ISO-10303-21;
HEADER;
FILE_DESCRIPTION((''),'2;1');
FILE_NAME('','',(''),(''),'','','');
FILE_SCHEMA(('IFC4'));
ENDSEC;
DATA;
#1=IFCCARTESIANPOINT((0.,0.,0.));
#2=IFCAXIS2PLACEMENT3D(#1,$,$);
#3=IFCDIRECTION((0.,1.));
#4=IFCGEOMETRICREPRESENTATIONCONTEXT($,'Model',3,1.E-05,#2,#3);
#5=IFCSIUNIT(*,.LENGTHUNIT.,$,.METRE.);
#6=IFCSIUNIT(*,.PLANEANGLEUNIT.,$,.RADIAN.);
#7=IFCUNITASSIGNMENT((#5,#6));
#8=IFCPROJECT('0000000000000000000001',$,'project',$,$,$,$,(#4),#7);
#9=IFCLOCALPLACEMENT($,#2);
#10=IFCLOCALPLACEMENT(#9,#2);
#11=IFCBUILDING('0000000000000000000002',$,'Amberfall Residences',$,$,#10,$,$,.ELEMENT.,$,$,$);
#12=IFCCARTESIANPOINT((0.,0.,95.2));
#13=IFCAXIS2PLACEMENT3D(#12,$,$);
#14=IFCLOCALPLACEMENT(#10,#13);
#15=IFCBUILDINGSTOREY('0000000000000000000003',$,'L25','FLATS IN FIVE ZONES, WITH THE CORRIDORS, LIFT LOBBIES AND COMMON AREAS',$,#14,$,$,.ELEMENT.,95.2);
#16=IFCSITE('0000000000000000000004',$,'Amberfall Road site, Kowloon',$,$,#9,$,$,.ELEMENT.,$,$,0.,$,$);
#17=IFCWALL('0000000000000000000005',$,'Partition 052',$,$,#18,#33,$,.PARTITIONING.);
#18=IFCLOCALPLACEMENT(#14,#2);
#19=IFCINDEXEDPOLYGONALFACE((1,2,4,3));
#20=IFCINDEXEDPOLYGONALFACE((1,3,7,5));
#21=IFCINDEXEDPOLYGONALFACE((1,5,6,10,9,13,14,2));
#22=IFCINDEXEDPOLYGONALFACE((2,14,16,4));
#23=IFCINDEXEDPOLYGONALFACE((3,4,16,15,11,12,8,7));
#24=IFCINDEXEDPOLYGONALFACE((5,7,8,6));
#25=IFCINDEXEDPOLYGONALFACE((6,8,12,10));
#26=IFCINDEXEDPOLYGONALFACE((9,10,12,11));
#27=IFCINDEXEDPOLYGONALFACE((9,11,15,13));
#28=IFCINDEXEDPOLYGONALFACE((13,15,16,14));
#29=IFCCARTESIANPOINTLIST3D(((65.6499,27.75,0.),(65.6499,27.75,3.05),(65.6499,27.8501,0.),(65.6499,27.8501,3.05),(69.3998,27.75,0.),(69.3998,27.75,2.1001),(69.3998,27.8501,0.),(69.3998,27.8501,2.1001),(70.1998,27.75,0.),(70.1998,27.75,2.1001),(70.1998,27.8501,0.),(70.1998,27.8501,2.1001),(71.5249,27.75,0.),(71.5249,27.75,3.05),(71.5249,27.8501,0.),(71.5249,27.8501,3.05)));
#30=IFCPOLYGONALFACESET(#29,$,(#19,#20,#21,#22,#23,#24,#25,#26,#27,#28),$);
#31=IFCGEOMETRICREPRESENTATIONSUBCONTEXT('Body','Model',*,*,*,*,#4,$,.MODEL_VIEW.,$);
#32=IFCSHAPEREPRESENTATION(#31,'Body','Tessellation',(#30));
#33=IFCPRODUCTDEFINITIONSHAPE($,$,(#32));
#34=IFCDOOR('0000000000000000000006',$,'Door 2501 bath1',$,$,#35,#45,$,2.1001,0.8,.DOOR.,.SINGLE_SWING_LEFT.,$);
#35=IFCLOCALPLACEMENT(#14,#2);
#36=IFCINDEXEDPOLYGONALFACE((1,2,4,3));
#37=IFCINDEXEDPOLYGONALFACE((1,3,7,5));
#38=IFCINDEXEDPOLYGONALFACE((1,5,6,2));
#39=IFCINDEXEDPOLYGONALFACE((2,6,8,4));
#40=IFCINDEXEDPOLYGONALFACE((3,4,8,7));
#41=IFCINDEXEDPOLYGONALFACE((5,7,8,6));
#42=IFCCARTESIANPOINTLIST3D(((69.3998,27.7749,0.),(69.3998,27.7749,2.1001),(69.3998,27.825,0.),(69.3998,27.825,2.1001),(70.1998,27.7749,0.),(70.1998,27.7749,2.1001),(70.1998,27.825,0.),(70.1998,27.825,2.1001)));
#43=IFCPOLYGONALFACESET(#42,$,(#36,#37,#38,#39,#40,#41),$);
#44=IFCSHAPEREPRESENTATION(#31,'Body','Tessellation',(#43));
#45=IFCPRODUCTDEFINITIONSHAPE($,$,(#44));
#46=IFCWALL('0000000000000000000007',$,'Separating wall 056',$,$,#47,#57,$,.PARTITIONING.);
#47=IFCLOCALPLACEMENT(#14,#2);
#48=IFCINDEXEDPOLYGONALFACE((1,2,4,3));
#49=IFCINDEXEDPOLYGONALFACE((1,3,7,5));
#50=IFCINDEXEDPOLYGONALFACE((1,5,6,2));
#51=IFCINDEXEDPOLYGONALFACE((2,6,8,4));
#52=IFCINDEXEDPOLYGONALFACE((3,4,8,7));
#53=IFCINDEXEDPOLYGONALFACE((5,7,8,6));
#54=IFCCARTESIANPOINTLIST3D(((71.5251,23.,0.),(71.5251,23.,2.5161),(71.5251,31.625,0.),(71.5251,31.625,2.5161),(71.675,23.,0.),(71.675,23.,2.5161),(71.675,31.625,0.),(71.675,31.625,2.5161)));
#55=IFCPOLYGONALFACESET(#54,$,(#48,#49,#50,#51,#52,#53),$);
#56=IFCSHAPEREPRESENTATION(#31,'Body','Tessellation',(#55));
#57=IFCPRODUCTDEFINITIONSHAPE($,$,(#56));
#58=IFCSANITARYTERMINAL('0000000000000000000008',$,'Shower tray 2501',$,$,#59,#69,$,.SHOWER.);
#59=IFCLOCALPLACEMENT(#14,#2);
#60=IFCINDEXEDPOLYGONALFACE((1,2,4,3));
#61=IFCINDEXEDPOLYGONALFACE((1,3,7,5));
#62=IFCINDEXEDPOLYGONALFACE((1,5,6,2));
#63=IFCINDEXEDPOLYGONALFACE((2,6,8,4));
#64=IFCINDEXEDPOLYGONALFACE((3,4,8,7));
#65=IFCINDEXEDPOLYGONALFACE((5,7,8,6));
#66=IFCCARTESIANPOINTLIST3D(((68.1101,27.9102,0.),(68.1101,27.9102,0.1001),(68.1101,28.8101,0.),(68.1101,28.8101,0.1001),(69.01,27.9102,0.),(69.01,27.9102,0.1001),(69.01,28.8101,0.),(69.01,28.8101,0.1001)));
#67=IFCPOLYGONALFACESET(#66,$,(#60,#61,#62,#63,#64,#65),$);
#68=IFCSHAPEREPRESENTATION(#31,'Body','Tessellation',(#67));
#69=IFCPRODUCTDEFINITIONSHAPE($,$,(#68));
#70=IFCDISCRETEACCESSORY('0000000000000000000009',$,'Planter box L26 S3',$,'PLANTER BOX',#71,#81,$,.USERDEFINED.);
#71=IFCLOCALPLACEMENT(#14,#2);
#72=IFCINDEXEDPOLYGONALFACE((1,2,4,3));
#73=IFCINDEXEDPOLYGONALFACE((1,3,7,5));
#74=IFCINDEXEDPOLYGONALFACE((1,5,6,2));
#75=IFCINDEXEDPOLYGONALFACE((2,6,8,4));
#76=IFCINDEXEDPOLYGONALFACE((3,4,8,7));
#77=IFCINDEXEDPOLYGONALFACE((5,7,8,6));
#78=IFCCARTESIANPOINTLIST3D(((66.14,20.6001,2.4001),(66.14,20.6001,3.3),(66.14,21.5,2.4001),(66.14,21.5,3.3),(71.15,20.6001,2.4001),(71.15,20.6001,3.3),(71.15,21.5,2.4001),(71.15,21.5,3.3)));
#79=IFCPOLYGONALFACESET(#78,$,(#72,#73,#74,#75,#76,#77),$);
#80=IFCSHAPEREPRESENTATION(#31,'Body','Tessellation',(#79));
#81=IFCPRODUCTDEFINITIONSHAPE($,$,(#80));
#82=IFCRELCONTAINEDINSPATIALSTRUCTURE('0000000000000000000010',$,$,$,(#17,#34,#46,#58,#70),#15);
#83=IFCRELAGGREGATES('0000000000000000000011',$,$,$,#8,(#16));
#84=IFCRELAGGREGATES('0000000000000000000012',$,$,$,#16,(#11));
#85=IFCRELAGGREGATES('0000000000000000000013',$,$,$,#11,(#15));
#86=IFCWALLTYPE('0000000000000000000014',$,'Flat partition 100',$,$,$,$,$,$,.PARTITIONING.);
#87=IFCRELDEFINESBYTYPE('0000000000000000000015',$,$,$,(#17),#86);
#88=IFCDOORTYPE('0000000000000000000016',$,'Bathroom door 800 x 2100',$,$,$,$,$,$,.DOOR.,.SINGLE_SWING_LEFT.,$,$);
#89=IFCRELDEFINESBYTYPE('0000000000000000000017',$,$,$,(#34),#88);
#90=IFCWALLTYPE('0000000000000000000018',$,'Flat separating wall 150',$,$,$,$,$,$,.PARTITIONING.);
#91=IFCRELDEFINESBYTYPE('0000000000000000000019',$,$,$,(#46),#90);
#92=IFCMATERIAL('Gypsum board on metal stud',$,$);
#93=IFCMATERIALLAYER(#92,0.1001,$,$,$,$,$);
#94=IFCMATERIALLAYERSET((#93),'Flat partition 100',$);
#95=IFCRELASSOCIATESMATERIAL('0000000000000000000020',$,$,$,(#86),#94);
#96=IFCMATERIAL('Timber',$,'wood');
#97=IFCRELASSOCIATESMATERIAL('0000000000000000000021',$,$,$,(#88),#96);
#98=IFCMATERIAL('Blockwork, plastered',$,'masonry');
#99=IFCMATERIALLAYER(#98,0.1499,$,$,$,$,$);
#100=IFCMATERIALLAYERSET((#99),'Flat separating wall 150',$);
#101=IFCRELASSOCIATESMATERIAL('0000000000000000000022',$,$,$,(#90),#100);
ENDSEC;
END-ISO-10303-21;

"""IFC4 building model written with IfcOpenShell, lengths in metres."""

from ifc_helpers import new_model, si_unit, direction, frame, frame_2d, origin, origin_2d, place, context, subcontext, project, spatial, rectangle, extrude, material, layer, layer_set, type_object, element, fill, save


model = new_model("IFC4")

# Units and contexts
model_context = context("Model", 3, precision=1e-05, world=origin(), true_north=direction((0.0, 1.0)))
body_context = subcontext(model_context, "Body", "Model", "MODEL_VIEW")
ifc_project = project(units=[si_unit("LENGTHUNIT", "METRE"), si_unit("PLANEANGLEUNIT", "RADIAN")], contexts=[model_context])

# Site, building, storey
site_placement = place(None, origin())
site = spatial("IfcSite", under=ifc_project, at=site_placement, Name="Amberfall Road site, Kowloon", CompositionType="ELEMENT", RefElevation=0.0)
building_placement = place(site_placement, origin())
building = spatial("IfcBuilding", under=site, at=building_placement, Name="Amberfall Residences", CompositionType="ELEMENT")
storey_placement = place(building_placement, frame((0.0, 0.0, 95.2)))
storey = spatial("IfcBuildingStorey", under=building, at=storey_placement, Name="L25", Description="FLATS IN FIVE ZONES, WITH THE CORRIDORS, LIFT LOBBIES AND COMMON AREAS", CompositionType="ELEMENT", Elevation=95.2)

# Shared definitions
ifc_material_1 = material(Name="Gypsum board on metal stud")
ifc_layer_1 = layer(ifc_material_1, 0.1001)
ifc_layer_set_1 = layer_set([ifc_layer_1], Name="Flat partition 100")
wall_type_1 = type_object("IfcWallType", Name="Flat partition 100", PredefinedType="PARTITIONING", material=ifc_layer_set_1)

# Wall, opening, door
wall_1_placement = place(storey_placement, frame((65.6499, 27.8, 0.0), z_axis=(0.0, 0.0, 1.0), x_axis=(1.0, 0.0, 0.0)))
wall_1 = element("IfcWall", 1, at=wall_1_placement, inside=storey, type_object=wall_type_1, Name="Partition 052", PredefinedType="PARTITIONING", context=body_context, shape_type="SweptSolid", body=[
    extrude(rectangle(XDim=5.875, YDim=0.1001, at=frame_2d((2.9375, 0.0))), origin(), (0.0, 0.0, 1.0), 3.05),
])
opening_1_placement = place(wall_1_placement, frame((3.75, 0.0, 0.0)))
opening_1 = element("IfcOpeningElement", 2, at=opening_1_placement, cuts=wall_1, PredefinedType="OPENING", context=body_context, shape_type="SweptSolid", body=[
    extrude(rectangle(XDim=0.8, YDim=2.1001, at=frame_2d((0.3999, 1.05))), frame((0.0, 0.0601, 0.0), z_axis=(0.0, -1.0, 0.0), x_axis=(1.0, 0.0, 0.0)), (0.0, 0.0, 1.0), 0.1201),
])
ifc_material_2 = material(Name="Timber", Category="wood")
door_type = type_object("IfcDoorType", Name="Bathroom door 800 x 2100", OperationType="SINGLE_SWING_LEFT", PredefinedType="DOOR", material=ifc_material_2)
door_placement = place(opening_1_placement, origin())
door = element("IfcDoor", 3, at=door_placement, inside=storey, type_object=door_type, Name="Door 2501 bath1", OperationType="SINGLE_SWING_LEFT", OverallHeight=2.1001, OverallWidth=0.8, PredefinedType="DOOR", context=body_context, shape_type="SweptSolid", body=[
    extrude(rectangle(XDim=0.8, YDim=2.1001, at=frame_2d((0.3999, 1.05))), frame((0.0, 0.0249, 0.0), z_axis=(0.0, -1.0, 0.0), x_axis=(1.0, 0.0, 0.0)), (0.0, 0.0, 1.0), 0.05),
])
fill(opening_1, door)

# Wall
ifc_material_3 = material(Name="Blockwork, plastered", Category="masonry")
ifc_layer_2 = layer(ifc_material_3, 0.1499)
ifc_layer_set_2 = layer_set([ifc_layer_2], Name="Flat separating wall 150")
wall_type_2 = type_object("IfcWallType", Name="Flat separating wall 150", PredefinedType="PARTITIONING", material=ifc_layer_set_2)
wall_2_placement = place(storey_placement, frame((71.6001, 23.0, 0.0), z_axis=(0.0, 0.0, 1.0), x_axis=(0.0, 1.0, 0.0)))
element("IfcWall", 4, at=wall_2_placement, inside=storey, type_object=wall_type_2, Name="Separating wall 056", PredefinedType="PARTITIONING", context=body_context, shape_type="SweptSolid", body=[
    extrude(rectangle(XDim=8.625, YDim=0.1499, at=frame_2d((4.3125, 0.0))), origin(), (0.0, 0.0, 1.0), 2.5161),
])

# Sanitary terminal
sanitary_terminal_placement = place(storey_placement, frame((68.5601, 28.3601, 0.0), z_axis=(0.0, 0.0, 1.0), x_axis=(1.0, 0.0, 0.0)))
element("IfcSanitaryTerminal", 5, at=sanitary_terminal_placement, inside=storey, Name="Shower tray 2501", PredefinedType="SHOWER", context=body_context, shape_type="SweptSolid", body=[
    extrude(rectangle(XDim=0.8999, YDim=0.8999, at=origin_2d()), origin(), (0.0, 0.0, 1.0), 0.1001),
])

# Discrete accessory
discrete_accessory_placement = place(storey_placement, frame((68.645, 21.05, 2.4001), z_axis=(0.0, 0.0, 1.0), x_axis=(1.0, 0.0, 0.0)))
element("IfcDiscreteAccessory", 6, at=discrete_accessory_placement, inside=storey, Name="Planter box L26 S3", ObjectType="PLANTER BOX", PredefinedType="USERDEFINED", context=body_context, shape_type="SweptSolid", body=[
    extrude(rectangle(XDim=5.01, YDim=0.8999, at=origin_2d()), origin(), (0.0, 0.0, 1.0), 0.8999),
])

save(model, "model.ifc")
